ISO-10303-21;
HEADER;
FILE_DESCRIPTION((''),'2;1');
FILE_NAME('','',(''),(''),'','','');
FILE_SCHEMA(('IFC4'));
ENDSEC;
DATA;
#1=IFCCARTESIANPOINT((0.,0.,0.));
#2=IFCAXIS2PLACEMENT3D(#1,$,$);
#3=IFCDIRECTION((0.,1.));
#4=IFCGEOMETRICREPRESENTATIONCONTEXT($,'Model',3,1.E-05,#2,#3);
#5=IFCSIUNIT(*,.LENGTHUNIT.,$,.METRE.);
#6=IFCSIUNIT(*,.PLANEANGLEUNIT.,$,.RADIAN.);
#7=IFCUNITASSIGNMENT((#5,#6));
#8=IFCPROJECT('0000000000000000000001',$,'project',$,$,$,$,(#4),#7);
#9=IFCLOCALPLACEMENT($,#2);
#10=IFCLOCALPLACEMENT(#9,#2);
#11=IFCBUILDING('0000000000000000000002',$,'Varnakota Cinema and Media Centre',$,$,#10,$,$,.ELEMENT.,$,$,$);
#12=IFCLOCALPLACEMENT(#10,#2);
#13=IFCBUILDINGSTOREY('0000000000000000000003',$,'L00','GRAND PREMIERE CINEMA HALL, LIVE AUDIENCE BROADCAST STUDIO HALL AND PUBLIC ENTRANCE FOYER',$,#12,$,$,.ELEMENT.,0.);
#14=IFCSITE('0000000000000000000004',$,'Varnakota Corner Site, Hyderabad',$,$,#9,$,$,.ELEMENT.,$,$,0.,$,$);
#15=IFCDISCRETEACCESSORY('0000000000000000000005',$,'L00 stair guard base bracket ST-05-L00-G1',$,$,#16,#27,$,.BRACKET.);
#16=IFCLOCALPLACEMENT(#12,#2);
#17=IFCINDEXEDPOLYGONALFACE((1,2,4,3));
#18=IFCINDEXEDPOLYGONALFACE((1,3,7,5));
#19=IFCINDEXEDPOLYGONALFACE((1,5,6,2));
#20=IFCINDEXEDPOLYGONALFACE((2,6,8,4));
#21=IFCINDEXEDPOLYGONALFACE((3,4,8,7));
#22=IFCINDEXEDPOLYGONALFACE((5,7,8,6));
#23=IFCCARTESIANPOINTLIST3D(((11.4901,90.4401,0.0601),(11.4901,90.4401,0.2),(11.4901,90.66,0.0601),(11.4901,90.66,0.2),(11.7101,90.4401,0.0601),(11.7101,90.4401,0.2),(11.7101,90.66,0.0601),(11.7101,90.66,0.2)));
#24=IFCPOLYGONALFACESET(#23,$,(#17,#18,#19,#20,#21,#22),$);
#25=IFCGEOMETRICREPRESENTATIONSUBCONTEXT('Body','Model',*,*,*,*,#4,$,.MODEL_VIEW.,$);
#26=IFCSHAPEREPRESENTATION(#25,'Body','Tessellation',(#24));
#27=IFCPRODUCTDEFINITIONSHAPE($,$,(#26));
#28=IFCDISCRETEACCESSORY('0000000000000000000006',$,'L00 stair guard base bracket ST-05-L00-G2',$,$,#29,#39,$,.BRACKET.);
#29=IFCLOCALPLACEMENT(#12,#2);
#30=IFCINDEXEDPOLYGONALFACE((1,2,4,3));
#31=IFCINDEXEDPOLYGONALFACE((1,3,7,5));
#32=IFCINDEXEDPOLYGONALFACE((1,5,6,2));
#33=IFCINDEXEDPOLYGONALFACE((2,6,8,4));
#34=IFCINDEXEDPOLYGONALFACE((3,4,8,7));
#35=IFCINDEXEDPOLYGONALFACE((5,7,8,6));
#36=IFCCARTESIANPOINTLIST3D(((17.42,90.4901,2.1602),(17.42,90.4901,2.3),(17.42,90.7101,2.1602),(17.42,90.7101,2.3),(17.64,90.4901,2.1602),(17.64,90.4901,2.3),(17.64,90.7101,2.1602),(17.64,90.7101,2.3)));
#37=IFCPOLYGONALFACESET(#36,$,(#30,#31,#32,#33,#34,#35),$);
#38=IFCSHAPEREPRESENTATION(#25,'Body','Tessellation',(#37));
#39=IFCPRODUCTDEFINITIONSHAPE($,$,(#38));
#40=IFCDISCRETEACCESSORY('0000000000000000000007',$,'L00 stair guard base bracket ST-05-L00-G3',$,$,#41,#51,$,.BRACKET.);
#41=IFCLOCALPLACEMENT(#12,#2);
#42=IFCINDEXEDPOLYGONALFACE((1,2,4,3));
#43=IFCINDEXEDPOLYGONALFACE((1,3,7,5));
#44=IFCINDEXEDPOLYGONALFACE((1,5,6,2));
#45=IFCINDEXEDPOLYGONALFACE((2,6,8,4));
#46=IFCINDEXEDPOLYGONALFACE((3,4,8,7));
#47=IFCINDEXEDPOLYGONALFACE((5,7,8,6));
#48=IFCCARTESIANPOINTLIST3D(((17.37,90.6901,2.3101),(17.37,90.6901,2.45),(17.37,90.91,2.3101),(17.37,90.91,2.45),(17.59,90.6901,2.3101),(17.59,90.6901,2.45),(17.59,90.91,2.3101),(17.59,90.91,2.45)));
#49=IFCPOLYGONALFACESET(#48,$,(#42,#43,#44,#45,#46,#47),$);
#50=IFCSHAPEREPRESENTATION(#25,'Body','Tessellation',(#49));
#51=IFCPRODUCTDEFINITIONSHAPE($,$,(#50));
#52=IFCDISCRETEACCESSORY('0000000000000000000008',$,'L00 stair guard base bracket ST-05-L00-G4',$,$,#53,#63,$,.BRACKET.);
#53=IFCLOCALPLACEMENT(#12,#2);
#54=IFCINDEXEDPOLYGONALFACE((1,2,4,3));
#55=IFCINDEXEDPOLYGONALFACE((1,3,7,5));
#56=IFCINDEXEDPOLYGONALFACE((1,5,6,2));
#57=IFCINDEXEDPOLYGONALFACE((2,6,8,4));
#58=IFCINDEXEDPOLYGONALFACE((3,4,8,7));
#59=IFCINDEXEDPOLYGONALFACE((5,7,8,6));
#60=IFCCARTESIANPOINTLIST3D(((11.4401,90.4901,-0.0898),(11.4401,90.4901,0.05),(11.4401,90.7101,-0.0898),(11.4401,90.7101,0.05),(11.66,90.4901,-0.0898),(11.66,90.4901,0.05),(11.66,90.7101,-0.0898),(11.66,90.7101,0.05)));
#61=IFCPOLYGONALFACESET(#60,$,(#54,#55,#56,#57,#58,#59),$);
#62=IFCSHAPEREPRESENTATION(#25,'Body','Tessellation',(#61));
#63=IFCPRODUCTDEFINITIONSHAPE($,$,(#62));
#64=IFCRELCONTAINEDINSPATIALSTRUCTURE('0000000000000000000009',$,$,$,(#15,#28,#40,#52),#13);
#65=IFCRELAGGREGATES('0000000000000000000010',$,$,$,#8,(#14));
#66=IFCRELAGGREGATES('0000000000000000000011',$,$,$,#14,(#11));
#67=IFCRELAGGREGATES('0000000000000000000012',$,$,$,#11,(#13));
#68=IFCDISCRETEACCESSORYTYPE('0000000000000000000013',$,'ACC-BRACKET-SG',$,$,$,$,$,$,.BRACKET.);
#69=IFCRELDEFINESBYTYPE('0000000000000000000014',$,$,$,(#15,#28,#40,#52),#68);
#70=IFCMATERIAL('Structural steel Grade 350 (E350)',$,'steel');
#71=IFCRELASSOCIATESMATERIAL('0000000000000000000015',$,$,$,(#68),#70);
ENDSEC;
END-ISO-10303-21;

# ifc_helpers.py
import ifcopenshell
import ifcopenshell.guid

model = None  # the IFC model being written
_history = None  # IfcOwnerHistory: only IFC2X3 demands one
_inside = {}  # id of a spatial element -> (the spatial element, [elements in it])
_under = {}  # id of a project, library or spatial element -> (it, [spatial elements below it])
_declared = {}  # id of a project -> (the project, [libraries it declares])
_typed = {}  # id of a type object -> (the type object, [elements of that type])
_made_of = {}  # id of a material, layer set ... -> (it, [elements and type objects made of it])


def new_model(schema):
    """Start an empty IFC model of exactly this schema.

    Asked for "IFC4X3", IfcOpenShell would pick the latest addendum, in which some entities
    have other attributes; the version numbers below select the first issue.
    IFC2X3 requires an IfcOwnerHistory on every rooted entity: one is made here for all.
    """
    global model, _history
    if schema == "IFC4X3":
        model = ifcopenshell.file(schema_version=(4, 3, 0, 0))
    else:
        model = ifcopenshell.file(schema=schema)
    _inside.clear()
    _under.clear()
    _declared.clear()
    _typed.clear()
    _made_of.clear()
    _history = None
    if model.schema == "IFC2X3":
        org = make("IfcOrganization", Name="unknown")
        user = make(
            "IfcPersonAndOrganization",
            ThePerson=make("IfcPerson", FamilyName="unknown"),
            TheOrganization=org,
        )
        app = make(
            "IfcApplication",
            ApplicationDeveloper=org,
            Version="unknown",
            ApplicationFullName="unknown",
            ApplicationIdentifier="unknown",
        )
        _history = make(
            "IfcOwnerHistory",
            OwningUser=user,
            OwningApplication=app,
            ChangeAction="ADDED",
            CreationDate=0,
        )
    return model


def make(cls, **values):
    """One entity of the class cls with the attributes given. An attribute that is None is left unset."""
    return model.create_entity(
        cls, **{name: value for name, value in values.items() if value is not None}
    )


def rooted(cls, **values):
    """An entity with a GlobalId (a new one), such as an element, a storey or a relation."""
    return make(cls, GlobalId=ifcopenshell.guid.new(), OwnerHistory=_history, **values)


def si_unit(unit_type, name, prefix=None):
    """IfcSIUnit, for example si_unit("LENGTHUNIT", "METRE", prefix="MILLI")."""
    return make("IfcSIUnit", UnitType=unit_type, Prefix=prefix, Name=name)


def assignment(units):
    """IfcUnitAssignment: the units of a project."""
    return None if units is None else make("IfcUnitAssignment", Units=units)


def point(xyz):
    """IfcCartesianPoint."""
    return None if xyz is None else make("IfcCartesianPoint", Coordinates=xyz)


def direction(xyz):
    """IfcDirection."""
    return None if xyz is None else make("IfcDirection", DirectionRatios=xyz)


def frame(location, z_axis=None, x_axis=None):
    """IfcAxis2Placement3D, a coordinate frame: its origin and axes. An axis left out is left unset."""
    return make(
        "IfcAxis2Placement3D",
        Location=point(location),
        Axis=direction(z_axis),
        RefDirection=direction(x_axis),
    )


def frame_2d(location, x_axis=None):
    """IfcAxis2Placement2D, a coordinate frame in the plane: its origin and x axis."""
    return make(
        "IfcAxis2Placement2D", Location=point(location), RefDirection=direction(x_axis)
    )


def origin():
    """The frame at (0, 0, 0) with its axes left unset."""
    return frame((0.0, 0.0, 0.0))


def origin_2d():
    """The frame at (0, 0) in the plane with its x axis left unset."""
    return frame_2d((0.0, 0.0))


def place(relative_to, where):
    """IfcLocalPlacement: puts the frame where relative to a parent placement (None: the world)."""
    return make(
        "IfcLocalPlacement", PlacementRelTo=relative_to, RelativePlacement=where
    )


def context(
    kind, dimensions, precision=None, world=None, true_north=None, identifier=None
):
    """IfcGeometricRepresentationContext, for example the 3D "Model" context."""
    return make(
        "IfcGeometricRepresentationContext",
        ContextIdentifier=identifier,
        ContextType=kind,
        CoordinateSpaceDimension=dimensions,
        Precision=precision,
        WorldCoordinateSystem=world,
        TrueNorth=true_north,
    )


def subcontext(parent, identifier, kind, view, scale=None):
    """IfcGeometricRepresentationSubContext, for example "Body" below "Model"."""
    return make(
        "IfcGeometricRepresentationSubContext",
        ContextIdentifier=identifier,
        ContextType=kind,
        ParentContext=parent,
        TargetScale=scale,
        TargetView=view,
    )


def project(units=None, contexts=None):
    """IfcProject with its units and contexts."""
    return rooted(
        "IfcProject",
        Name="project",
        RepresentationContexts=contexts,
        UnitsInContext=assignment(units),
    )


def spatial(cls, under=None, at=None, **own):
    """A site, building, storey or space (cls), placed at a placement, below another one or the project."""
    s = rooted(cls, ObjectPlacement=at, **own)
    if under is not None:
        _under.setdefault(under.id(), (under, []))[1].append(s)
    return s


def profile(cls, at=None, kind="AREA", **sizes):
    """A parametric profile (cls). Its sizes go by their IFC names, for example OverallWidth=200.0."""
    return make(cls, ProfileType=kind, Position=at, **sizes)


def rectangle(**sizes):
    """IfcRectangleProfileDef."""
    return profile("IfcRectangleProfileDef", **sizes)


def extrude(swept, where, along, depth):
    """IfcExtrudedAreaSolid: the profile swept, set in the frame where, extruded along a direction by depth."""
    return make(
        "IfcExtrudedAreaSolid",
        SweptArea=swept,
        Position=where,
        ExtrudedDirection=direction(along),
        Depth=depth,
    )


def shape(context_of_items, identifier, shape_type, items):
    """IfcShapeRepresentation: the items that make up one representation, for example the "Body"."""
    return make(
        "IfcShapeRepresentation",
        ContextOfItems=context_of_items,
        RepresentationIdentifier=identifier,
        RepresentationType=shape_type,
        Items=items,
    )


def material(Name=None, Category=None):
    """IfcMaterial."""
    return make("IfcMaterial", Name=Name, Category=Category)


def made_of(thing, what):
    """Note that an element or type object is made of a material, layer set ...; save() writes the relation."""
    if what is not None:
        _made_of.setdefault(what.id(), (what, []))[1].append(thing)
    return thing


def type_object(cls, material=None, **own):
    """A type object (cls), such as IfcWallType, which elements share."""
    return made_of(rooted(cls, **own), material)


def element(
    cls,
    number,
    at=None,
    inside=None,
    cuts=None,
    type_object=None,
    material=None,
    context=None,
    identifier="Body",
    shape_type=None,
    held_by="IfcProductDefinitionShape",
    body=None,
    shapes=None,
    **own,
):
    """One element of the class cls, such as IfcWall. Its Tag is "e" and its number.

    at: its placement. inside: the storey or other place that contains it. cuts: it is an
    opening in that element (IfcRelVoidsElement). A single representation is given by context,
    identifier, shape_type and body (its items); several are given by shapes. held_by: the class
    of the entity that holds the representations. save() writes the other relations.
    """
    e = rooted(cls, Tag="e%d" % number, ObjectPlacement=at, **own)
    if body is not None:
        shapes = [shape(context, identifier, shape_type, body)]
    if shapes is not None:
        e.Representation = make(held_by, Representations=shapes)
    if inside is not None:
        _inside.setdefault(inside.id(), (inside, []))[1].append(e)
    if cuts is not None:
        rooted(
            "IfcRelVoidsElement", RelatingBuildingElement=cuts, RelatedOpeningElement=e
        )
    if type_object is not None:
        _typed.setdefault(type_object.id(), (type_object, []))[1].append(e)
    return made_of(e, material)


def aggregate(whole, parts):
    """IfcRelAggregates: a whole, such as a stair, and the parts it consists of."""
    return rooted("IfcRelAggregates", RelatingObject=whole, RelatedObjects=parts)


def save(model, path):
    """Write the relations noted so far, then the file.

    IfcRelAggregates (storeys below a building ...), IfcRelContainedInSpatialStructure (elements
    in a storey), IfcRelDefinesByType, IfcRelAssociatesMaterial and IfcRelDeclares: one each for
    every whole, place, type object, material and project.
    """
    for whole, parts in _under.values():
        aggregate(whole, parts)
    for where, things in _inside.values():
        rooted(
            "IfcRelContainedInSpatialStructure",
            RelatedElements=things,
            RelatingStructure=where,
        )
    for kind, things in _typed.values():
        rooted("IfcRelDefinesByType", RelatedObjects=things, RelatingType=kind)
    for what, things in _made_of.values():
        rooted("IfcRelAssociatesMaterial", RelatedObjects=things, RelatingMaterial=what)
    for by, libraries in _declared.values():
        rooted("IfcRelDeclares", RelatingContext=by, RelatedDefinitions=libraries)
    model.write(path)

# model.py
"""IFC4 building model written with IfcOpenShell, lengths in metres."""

from ifc_helpers import new_model, si_unit, direction, frame, origin, origin_2d, place, context, subcontext, project, spatial, rectangle, extrude, material, type_object, element, save


model = new_model("IFC4")

# Units and contexts
model_context = context("Model", 3, precision=1e-05, world=origin(), true_north=direction((0.0, 1.0)))
body_context = subcontext(model_context, "Body", "Model", "MODEL_VIEW")
ifc_project = project(units=[si_unit("LENGTHUNIT", "METRE"), si_unit("PLANEANGLEUNIT", "RADIAN")], contexts=[model_context])

# Site, building, storey
site_placement = place(None, origin())
site = spatial("IfcSite", under=ifc_project, at=site_placement, Name="Varnakota Corner Site, Hyderabad", CompositionType="ELEMENT", RefElevation=0.0)
building_placement = place(site_placement, origin())
building = spatial("IfcBuilding", under=site, at=building_placement, Name="Varnakota Cinema and Media Centre", CompositionType="ELEMENT")
storey_placement = place(building_placement, origin())
storey = spatial("IfcBuildingStorey", under=building, at=storey_placement, Name="L00", Description="GRAND PREMIERE CINEMA HALL, LIVE AUDIENCE BROADCAST STUDIO HALL AND PUBLIC ENTRANCE FOYER", CompositionType="ELEMENT", Elevation=0.0)

# Discrete accessories
ifc_material_1 = material(Name="Structural steel Grade 350 (E350)", Category="steel")
discrete_accessory_type = type_object("IfcDiscreteAccessoryType", Name="ACC-BRACKET-SG", PredefinedType="BRACKET", material=ifc_material_1)
for number, where, z_axis, x_axis, name in (
    (1, (11.6001, 90.55, 0.0601), (0.0, 0.0, 1.0), (1.0, 0.0, 0.0), "L00 stair guard base bracket ST-05-L00-G1"),
    (2, (17.53, 90.6001, 2.1602), (0.0, 0.0, 1.0), (1.0, 0.0, 0.0), "L00 stair guard base bracket ST-05-L00-G2"),
    (3, (17.48, 90.8, 2.3101), (0.0, 0.0, 1.0), (1.0, 0.0, 0.0), "L00 stair guard base bracket ST-05-L00-G3"),
    (4, (11.55, 90.6001, -0.0898), (0.0, 0.0, 1.0), (1.0, 0.0, 0.0), "L00 stair guard base bracket ST-05-L00-G4"),
):
    element("IfcDiscreteAccessory", number, at=place(storey_placement, frame(where, z_axis=z_axis, x_axis=x_axis)), inside=storey, type_object=discrete_accessory_type, Name=name, PredefinedType="BRACKET", context=body_context, shape_type="SweptSolid", body=[
        extrude(rectangle(XDim=0.22, YDim=0.22, at=origin_2d()), origin(), (0.0, 0.0, 1.0), 0.1399),
    ])

save(model, "model.ifc")
